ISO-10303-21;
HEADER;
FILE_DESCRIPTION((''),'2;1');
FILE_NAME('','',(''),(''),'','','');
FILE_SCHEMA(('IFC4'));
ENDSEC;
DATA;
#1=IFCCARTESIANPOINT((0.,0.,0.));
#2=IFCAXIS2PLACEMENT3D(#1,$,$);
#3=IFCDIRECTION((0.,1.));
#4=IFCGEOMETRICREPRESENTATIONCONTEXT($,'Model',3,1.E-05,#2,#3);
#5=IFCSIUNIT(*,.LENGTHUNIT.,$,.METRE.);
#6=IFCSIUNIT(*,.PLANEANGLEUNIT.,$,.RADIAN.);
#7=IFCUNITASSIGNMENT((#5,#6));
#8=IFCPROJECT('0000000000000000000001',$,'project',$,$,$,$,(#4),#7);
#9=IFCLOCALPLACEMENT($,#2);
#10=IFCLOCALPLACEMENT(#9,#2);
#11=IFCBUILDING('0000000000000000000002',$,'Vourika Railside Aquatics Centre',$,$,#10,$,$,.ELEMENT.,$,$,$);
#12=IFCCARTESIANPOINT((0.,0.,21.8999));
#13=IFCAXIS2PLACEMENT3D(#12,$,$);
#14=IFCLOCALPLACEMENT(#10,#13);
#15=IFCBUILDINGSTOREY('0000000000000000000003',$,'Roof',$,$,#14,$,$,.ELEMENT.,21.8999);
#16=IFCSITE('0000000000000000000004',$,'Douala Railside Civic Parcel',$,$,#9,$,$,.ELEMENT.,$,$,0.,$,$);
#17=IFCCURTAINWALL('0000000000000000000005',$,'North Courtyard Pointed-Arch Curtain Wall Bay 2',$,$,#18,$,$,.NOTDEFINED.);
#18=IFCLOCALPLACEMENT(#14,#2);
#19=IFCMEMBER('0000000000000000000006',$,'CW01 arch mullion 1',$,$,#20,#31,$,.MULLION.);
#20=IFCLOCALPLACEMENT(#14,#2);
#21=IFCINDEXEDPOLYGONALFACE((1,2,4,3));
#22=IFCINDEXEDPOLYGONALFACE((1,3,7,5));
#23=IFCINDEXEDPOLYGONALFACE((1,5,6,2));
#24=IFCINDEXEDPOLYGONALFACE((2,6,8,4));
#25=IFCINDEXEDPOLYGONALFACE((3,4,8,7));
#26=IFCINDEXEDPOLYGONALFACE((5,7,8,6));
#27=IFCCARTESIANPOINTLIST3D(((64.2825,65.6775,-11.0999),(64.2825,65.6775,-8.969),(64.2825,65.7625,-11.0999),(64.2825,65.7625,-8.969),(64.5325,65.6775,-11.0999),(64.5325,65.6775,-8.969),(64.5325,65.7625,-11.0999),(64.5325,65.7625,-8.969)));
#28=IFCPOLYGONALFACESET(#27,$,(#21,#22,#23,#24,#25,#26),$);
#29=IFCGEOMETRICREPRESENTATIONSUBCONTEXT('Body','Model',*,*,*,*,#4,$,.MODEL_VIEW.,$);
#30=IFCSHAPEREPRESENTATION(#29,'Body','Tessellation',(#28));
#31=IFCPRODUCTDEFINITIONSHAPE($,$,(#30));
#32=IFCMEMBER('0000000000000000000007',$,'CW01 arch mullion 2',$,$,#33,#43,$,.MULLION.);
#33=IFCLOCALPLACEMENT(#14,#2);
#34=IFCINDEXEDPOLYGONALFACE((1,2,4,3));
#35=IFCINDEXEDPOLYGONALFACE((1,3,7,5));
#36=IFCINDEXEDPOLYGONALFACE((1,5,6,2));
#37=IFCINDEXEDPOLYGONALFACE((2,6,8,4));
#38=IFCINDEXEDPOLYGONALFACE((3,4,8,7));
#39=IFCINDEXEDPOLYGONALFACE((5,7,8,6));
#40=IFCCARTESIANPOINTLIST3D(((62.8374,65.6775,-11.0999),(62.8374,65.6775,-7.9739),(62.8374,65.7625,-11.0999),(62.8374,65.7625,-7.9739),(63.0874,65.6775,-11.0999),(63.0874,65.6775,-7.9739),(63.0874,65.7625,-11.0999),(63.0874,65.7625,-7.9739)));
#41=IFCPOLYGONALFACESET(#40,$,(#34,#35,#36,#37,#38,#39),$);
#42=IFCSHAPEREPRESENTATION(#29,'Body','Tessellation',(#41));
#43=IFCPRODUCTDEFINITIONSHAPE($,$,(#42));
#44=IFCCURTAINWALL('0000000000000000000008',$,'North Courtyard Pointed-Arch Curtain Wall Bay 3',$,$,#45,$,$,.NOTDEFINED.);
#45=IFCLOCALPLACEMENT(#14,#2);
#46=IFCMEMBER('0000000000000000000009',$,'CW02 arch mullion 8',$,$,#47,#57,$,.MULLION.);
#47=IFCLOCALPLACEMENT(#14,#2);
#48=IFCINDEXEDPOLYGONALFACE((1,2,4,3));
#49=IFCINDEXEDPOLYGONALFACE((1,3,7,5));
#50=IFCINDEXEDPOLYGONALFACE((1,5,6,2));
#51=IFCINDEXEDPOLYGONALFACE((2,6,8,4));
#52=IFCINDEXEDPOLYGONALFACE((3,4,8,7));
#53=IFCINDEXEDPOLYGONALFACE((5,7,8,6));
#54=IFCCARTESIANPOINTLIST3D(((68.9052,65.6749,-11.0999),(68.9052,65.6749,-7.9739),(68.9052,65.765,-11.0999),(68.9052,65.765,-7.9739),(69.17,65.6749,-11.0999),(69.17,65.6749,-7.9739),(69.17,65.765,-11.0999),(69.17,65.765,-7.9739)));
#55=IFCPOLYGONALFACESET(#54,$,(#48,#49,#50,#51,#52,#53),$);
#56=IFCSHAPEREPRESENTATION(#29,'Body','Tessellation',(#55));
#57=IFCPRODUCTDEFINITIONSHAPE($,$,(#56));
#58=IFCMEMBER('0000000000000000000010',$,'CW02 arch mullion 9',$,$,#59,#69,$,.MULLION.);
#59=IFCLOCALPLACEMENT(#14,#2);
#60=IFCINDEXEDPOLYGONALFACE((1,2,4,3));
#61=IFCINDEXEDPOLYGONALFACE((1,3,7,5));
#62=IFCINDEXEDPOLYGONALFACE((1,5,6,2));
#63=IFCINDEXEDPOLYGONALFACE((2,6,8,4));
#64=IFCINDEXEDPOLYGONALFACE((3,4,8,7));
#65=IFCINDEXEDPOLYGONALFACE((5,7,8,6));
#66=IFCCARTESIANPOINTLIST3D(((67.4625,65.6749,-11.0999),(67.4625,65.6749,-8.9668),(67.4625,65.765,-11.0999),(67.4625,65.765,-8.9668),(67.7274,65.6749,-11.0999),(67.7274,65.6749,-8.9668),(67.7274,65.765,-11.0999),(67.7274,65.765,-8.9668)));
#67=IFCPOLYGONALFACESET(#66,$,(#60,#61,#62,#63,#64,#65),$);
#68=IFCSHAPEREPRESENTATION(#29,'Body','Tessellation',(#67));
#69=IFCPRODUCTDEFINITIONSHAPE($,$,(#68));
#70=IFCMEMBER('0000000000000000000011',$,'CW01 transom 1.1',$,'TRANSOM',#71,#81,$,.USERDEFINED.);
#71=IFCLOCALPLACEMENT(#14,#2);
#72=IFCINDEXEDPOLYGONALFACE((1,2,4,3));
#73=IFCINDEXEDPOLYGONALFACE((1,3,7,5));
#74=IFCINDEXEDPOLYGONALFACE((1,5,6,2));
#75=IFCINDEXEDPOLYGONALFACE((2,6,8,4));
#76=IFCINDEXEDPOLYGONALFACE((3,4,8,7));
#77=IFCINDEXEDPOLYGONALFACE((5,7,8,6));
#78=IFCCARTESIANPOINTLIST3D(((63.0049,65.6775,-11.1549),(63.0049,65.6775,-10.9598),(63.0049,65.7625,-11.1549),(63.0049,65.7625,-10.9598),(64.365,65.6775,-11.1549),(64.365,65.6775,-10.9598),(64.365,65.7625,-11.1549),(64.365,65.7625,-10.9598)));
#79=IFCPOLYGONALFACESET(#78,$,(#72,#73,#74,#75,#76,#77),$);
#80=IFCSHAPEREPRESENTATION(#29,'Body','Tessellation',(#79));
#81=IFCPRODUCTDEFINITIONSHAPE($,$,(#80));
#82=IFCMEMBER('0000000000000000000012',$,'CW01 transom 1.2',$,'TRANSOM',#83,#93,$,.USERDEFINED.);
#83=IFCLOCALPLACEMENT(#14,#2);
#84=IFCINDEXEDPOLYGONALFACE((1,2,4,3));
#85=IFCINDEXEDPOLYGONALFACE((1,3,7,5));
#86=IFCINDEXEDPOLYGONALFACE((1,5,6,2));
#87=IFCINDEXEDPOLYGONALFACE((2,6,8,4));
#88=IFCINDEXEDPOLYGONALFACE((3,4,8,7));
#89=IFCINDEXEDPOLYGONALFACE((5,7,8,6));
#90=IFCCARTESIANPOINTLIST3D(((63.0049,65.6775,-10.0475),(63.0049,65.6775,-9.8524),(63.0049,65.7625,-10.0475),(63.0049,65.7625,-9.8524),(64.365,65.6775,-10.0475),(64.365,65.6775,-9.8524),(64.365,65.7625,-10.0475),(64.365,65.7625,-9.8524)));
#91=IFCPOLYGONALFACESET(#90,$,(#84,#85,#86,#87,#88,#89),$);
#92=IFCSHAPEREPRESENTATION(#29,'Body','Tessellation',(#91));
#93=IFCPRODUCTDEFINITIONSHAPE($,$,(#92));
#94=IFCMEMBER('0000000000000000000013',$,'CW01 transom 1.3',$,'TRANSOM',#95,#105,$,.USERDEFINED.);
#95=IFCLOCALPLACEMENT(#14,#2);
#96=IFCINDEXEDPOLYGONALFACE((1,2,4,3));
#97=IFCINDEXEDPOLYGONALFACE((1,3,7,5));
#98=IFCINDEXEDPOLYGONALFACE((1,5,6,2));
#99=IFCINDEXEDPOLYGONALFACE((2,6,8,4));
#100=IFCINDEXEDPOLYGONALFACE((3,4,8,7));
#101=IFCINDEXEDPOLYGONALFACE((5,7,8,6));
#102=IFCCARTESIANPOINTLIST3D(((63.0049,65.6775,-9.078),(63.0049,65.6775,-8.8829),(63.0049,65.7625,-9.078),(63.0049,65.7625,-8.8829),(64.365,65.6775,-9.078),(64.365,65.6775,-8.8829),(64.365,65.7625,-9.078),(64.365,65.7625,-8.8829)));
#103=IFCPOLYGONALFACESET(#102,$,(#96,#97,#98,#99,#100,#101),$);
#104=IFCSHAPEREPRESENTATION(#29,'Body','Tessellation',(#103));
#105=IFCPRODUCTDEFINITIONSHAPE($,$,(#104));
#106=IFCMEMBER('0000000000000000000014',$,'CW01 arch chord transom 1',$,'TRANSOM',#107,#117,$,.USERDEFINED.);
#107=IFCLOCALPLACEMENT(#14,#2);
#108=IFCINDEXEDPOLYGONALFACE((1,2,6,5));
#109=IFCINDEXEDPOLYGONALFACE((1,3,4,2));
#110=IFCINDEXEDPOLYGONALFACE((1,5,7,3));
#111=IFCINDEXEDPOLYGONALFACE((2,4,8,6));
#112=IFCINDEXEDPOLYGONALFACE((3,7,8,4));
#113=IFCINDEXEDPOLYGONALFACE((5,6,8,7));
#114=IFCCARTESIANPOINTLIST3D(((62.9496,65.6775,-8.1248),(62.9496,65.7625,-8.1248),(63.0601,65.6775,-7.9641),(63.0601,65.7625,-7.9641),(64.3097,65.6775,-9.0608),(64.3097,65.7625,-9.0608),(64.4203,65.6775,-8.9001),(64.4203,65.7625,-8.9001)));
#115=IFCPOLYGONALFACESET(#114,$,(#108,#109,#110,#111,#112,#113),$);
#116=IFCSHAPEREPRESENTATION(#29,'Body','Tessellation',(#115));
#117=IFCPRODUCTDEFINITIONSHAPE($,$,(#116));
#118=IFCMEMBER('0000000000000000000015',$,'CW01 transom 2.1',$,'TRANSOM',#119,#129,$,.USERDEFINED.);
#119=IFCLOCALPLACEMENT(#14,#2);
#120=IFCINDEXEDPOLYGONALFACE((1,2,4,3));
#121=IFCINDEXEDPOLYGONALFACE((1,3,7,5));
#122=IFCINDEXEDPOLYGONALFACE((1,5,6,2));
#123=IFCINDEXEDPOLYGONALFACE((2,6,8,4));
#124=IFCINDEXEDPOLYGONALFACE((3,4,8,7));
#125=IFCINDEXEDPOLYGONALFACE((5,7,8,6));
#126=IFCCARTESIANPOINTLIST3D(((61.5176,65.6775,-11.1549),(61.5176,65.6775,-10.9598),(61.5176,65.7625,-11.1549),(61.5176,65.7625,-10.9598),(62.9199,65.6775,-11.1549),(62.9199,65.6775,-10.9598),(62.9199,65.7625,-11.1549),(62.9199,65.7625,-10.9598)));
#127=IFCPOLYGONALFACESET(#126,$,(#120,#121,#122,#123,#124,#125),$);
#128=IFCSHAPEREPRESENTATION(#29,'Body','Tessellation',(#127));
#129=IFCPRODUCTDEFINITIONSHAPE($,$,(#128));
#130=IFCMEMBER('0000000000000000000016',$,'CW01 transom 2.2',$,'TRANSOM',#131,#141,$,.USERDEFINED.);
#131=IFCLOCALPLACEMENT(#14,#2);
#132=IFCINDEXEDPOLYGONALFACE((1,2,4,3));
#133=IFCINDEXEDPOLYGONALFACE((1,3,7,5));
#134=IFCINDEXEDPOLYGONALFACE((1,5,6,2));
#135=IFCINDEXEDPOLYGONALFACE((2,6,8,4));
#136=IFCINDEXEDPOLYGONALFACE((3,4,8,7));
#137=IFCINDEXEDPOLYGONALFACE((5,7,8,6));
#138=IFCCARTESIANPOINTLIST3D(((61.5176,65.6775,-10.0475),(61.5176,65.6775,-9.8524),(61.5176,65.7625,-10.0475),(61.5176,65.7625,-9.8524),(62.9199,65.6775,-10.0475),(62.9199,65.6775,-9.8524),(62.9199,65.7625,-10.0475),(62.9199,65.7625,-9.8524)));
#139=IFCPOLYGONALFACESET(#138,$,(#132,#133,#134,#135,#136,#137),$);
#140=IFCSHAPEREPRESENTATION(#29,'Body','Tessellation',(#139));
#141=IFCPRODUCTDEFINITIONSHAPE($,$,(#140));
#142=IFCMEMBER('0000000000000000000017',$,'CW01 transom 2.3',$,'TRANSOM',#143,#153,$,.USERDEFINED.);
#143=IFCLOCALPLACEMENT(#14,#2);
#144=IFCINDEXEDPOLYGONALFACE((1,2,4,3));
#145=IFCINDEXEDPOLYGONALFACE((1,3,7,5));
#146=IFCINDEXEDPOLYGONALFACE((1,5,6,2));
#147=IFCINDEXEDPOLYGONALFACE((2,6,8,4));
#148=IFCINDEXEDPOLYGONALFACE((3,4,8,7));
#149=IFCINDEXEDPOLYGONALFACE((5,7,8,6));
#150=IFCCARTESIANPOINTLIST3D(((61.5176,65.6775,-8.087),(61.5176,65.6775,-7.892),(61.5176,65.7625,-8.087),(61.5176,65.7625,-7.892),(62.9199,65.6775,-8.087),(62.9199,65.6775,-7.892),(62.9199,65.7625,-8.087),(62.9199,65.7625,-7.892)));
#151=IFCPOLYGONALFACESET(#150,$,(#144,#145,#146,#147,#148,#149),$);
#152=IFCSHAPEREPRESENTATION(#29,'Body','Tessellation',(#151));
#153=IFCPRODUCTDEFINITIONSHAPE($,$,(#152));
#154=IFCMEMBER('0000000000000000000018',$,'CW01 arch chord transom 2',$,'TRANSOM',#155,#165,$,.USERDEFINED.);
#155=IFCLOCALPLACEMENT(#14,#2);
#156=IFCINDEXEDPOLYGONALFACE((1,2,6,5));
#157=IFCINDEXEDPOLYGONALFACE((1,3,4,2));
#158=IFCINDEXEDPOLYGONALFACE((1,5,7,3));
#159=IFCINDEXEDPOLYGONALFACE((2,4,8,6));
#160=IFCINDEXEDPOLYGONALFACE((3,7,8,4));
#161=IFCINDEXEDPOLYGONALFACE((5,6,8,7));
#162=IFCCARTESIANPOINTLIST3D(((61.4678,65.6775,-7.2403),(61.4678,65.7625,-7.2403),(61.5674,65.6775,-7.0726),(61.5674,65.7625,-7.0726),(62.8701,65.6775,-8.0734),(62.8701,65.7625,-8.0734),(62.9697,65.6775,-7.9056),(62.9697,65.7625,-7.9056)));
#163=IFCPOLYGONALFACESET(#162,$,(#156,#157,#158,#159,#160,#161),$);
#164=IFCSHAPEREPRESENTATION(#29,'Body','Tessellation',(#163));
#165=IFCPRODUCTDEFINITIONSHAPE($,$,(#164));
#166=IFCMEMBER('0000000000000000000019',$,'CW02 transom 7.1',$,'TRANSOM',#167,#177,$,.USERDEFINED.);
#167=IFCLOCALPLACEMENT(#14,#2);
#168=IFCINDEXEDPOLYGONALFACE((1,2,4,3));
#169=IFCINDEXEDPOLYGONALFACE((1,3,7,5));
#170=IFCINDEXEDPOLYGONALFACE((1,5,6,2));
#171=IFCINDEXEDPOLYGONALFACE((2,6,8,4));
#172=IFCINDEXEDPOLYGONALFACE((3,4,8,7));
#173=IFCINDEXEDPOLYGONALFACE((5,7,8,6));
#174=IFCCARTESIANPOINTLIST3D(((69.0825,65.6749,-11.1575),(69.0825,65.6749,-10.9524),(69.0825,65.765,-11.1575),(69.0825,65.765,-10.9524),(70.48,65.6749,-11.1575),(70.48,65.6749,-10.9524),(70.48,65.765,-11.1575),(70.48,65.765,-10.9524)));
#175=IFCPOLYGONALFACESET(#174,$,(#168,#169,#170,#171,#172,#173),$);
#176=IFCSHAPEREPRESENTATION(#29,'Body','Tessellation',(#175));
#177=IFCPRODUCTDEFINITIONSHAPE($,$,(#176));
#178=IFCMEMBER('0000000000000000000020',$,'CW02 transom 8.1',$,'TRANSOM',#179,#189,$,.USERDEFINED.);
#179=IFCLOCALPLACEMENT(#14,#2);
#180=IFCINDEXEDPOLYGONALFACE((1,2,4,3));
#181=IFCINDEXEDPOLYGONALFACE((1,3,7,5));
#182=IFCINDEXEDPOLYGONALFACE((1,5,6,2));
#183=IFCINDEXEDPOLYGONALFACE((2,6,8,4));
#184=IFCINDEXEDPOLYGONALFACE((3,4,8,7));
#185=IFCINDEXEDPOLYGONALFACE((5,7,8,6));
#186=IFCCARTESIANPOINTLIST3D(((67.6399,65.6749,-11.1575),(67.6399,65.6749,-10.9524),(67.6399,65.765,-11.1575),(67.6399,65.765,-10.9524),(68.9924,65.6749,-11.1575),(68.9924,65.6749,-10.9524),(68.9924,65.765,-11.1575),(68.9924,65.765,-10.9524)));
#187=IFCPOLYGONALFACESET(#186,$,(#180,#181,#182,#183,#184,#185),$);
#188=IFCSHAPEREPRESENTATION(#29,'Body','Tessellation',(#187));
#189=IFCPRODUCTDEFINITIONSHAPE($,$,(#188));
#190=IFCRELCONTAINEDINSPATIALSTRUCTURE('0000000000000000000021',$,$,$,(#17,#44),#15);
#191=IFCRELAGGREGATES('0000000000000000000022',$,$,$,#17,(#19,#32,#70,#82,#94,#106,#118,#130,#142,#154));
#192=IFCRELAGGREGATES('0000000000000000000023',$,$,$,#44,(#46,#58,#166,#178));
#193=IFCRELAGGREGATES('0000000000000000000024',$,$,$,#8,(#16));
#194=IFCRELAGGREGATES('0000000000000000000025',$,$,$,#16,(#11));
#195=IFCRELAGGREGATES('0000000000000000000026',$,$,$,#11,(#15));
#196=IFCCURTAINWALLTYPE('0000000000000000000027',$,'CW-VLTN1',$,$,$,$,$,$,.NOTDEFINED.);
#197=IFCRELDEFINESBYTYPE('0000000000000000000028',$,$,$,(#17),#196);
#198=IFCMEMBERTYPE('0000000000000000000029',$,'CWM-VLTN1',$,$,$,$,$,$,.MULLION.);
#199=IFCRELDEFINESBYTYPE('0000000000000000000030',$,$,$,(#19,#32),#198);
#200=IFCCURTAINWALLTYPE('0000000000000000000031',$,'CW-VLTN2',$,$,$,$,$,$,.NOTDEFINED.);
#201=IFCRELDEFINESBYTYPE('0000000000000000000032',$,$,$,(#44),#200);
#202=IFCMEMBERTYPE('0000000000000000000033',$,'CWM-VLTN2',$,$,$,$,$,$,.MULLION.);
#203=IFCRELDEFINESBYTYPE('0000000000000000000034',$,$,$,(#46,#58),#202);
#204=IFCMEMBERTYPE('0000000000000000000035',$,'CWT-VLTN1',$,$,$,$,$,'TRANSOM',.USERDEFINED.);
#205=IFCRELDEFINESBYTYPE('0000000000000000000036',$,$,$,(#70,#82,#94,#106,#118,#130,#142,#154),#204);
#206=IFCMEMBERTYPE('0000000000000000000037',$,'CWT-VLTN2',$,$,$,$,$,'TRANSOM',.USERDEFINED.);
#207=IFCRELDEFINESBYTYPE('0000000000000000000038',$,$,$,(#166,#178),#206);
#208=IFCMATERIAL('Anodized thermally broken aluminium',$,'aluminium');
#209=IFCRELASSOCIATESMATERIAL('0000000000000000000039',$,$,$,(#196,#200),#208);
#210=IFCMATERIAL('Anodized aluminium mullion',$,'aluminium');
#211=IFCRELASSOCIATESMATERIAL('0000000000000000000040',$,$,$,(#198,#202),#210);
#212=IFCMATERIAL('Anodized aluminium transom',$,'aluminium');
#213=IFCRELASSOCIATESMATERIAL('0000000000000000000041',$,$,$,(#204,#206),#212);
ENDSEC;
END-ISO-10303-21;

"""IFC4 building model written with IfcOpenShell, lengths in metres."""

from ifc_helpers import new_model, si_unit, direction, frame, origin, origin_2d, place, context, subcontext, project, spatial, rectangle, extrude, material, material_profile, profile_set, type_object, element, aggregate, save


model = new_model("IFC4")

# Units and contexts
model_context = context("Model", 3, precision=1e-05, world=origin(), true_north=direction((0.0, 1.0)))
body_context = subcontext(model_context, "Body", "Model", "MODEL_VIEW")
ifc_project = project(units=[si_unit("LENGTHUNIT", "METRE"), si_unit("PLANEANGLEUNIT", "RADIAN")], contexts=[model_context])

# Site, building, storey
site_placement = place(None, origin())
site = spatial("IfcSite", under=ifc_project, at=site_placement, Name="Douala Railside Civic Parcel", CompositionType="ELEMENT", RefElevation=0.0)
building_placement = place(site_placement, origin())
building = spatial("IfcBuilding", under=site, at=building_placement, Name="Vourika Railside Aquatics Centre", CompositionType="ELEMENT")
storey_placement = place(building_placement, frame((0.0, 0.0, 21.8999)))
storey = spatial("IfcBuildingStorey", under=building, at=storey_placement, Name="Roof", CompositionType="ELEMENT", Elevation=21.8999)

# Curtain walls, members
ifc_material_1 = material(Name="Anodized thermally broken aluminium", Category="aluminium")
curtain_wall_type_1 = type_object("IfcCurtainWallType", Name="CW-VLTN1", PredefinedType="NOTDEFINED", material=ifc_material_1)
curtain_wall_1_placement = place(storey_placement, origin())
curtain_wall_1 = element("IfcCurtainWall", 1, at=curtain_wall_1_placement, inside=storey, type_object=curtain_wall_type_1, Name="North Courtyard Pointed-Arch Curtain Wall Bay 2", PredefinedType="NOTDEFINED")
ifc_material_2 = material(Name="Anodized aluminium mullion", Category="aluminium")
ifc_material_profile_1 = material_profile(ifc_material_2, rectangle(XDim=0.085, YDim=0.25, at=origin_2d()), Name="ALU-M 85x250")
ifc_profile_set_1 = profile_set([ifc_material_profile_1], Name="Anodized aluminium mullion")
member_type_1 = type_object("IfcMemberType", Name="CWM-VLTN1", PredefinedType="MULLION", material=ifc_profile_set_1)
member_1_placement = place(storey_placement, frame((64.4075, 65.72, -11.0999), z_axis=(0.0, 0.0, 1.0), x_axis=(0.0, -1.0, 0.0)))
member_1 = element("IfcMember", 2, at=member_1_placement, type_object=member_type_1, Name="CW01 arch mullion 1", PredefinedType="MULLION", context=body_context, shape_type="SweptSolid", body=[
    extrude(rectangle(XDim=0.085, YDim=0.25, at=origin_2d()), origin(), (0.0, 0.0, 1.0), 2.1309),
])
member_2_placement = place(storey_placement, frame((62.9624, 65.72, -11.0999), z_axis=(0.0, 0.0, 1.0), x_axis=(0.0, -1.0, 0.0)))
member_2 = element("IfcMember", 3, at=member_2_placement, type_object=member_type_1, Name="CW01 arch mullion 2", PredefinedType="MULLION", context=body_context, shape_type="SweptSolid", body=[
    extrude(rectangle(XDim=0.085, YDim=0.25, at=origin_2d()), origin(), (0.0, 0.0, 1.0), 3.126),
])
curtain_wall_type_2 = type_object("IfcCurtainWallType", Name="CW-VLTN2", PredefinedType="NOTDEFINED", material=ifc_material_1)
curtain_wall_2_placement = place(storey_placement, origin())
curtain_wall_2 = element("IfcCurtainWall", 4, at=curtain_wall_2_placement, inside=storey, type_object=curtain_wall_type_2, Name="North Courtyard Pointed-Arch Curtain Wall Bay 3", PredefinedType="NOTDEFINED")
ifc_material_profile_2 = material_profile(ifc_material_2, rectangle(XDim=0.0901, YDim=0.2649, at=origin_2d()), Name="ALU-M 90x265")
ifc_profile_set_2 = profile_set([ifc_material_profile_2], Name="Anodized aluminium mullion")
member_type_2 = type_object("IfcMemberType", Name="CWM-VLTN2", PredefinedType="MULLION", material=ifc_profile_set_2)
member_3_placement = place(storey_placement, frame((69.0376, 65.72, -11.0999), z_axis=(0.0, 0.0, 1.0), x_axis=(0.0, -1.0, 0.0)))
member_3 = element("IfcMember", 5, at=member_3_placement, type_object=member_type_2, Name="CW02 arch mullion 8", PredefinedType="MULLION", context=body_context, shape_type="SweptSolid", body=[
    extrude(rectangle(XDim=0.0901, YDim=0.2649, at=origin_2d()), origin(), (0.0, 0.0, 1.0), 3.126),
])
member_4_placement = place(storey_placement, frame((67.595, 65.72, -11.0999), z_axis=(0.0, 0.0, 1.0), x_axis=(0.0, -1.0, 0.0)))
member_4 = element("IfcMember", 6, at=member_4_placement, type_object=member_type_2, Name="CW02 arch mullion 9", PredefinedType="MULLION", context=body_context, shape_type="SweptSolid", body=[
    extrude(rectangle(XDim=0.0901, YDim=0.2649, at=origin_2d()), origin(), (0.0, 0.0, 1.0), 2.1331),
])

# Members
ifc_material_3 = material(Name="Anodized aluminium transom", Category="aluminium")
ifc_material_profile_3 = material_profile(ifc_material_3, rectangle(XDim=0.085, YDim=0.1951, at=origin_2d()), Name="ALU-T 85x195")
ifc_profile_set_3 = profile_set([ifc_material_profile_3], Name="Anodized aluminium transom")
member_type_3 = type_object("IfcMemberType", Name="CWT-VLTN1", ElementType="TRANSOM", PredefinedType="USERDEFINED", material=ifc_profile_set_3)
member_5_placement = place(storey_placement, frame((64.365, 65.72, -11.0574), z_axis=(-1.0, 0.0, 0.0), x_axis=(0.0, -1.0, 0.0)))
member_5 = element("IfcMember", 7, at=member_5_placement, type_object=member_type_3, Name="CW01 transom 1.1", ObjectType="TRANSOM", PredefinedType="USERDEFINED", context=body_context, shape_type="SweptSolid", body=[
    extrude(rectangle(XDim=0.085, YDim=0.1951, at=origin_2d()), origin(), (0.0, 0.0, 1.0), 1.3601),
])
member_6_placement = place(storey_placement, frame((64.365, 65.72, -9.95), z_axis=(-1.0, 0.0, 0.0), x_axis=(0.0, -1.0, 0.0)))
member_6 = element("IfcMember", 8, at=member_6_placement, type_object=member_type_3, Name="CW01 transom 1.2", ObjectType="TRANSOM", PredefinedType="USERDEFINED", context=body_context, shape_type="SweptSolid", body=[
    extrude(rectangle(XDim=0.085, YDim=0.1951, at=origin_2d()), origin(), (0.0, 0.0, 1.0), 1.3601),
])
member_7_placement = place(storey_placement, frame((64.365, 65.72, -8.9805), z_axis=(-1.0, 0.0, 0.0), x_axis=(0.0, -1.0, 0.0)))
member_7 = element("IfcMember", 9, at=member_7_placement, type_object=member_type_3, Name="CW01 transom 1.3", ObjectType="TRANSOM", PredefinedType="USERDEFINED", context=body_context, shape_type="SweptSolid", body=[
    extrude(rectangle(XDim=0.085, YDim=0.1951, at=origin_2d()), origin(), (0.0, 0.0, 1.0), 1.3601),
])
member_8_placement = place(storey_placement, frame((64.365, 65.72, -8.9805), z_axis=(-0.82377, 0.0, 0.566924), x_axis=(0.0, -1.0, 0.0)))
member_8 = element("IfcMember", 10, at=member_8_placement, type_object=member_type_3, Name="CW01 arch chord transom 1", ObjectType="TRANSOM", PredefinedType="USERDEFINED", context=body_context, shape_type="SweptSolid", body=[
    extrude(rectangle(XDim=0.085, YDim=0.1951, at=origin_2d()), origin(), (0.0, 0.0, 1.0), 1.6511),
])
member_9_placement = place(storey_placement, frame((62.9199, 65.72, -11.0574), z_axis=(-1.0, 0.0, 0.0), x_axis=(0.0, -1.0, 0.0)))
member_9 = element("IfcMember", 11, at=member_9_placement, type_object=member_type_3, Name="CW01 transom 2.1", ObjectType="TRANSOM", PredefinedType="USERDEFINED", context=body_context, shape_type="SweptSolid", body=[
    extrude(rectangle(XDim=0.085, YDim=0.1951, at=origin_2d()), origin(), (0.0, 0.0, 1.0), 1.4023),
])
member_10_placement = place(storey_placement, frame((62.9199, 65.72, -9.95), z_axis=(-1.0, 0.0, 0.0), x_axis=(0.0, -1.0, 0.0)))
member_10 = element("IfcMember", 12, at=member_10_placement, type_object=member_type_3, Name="CW01 transom 2.2", ObjectType="TRANSOM", PredefinedType="USERDEFINED", context=body_context, shape_type="SweptSolid", body=[
    extrude(rectangle(XDim=0.085, YDim=0.1951, at=origin_2d()), origin(), (0.0, 0.0, 1.0), 1.4023),
])
member_11_placement = place(storey_placement, frame((62.9199, 65.72, -7.9895), z_axis=(-1.0, 0.0, 0.0), x_axis=(0.0, -1.0, 0.0)))
member_11 = element("IfcMember", 13, at=member_11_placement, type_object=member_type_3, Name="CW01 transom 2.3", ObjectType="TRANSOM", PredefinedType="USERDEFINED", context=body_context, shape_type="SweptSolid", body=[
    extrude(rectangle(XDim=0.085, YDim=0.1951, at=origin_2d()), origin(), (0.0, 0.0, 1.0), 1.4023),
])
member_12_placement = place(storey_placement, frame((62.9199, 65.72, -7.9895), z_axis=(-0.859756, 0.0, 0.510705), x_axis=(0.0, -1.0, 0.0)))
member_12 = element("IfcMember", 14, at=member_12_placement, type_object=member_type_3, Name="CW01 arch chord transom 2", ObjectType="TRANSOM", PredefinedType="USERDEFINED", context=body_context, shape_type="SweptSolid", body=[
    extrude(rectangle(XDim=0.085, YDim=0.1951, at=origin_2d()), origin(), (0.0, 0.0, 1.0), 1.6311),
])
ifc_material_profile_4 = material_profile(ifc_material_3, rectangle(XDim=0.0901, YDim=0.2051, at=origin_2d()), Name="ALU-T 90x205")
ifc_profile_set_4 = profile_set([ifc_material_profile_4], Name="Anodized aluminium transom")
member_type_4 = type_object("IfcMemberType", Name="CWT-VLTN2", ElementType="TRANSOM", PredefinedType="USERDEFINED", material=ifc_profile_set_4)
member_13_placement = place(storey_placement, frame((70.48, 65.72, -11.0549), z_axis=(-1.0, 0.0, 0.0), x_axis=(0.0, -1.0, 0.0)))
member_13 = element("IfcMember", 15, at=member_13_placement, type_object=member_type_4, Name="CW02 transom 7.1", ObjectType="TRANSOM", PredefinedType="USERDEFINED", context=body_context, shape_type="SweptSolid", body=[
    extrude(rectangle(XDim=0.0901, YDim=0.2051, at=origin_2d()), origin(), (0.0, 0.0, 1.0), 1.3975),
])
member_14_placement = place(storey_placement, frame((68.9924, 65.72, -11.0549), z_axis=(-1.0, 0.0, 0.0), x_axis=(0.0, -1.0, 0.0)))
member_14 = element("IfcMember", 16, at=member_14_placement, type_object=member_type_4, Name="CW02 transom 8.1", ObjectType="TRANSOM", PredefinedType="USERDEFINED", context=body_context, shape_type="SweptSolid", body=[
    extrude(rectangle(XDim=0.0901, YDim=0.2051, at=origin_2d()), origin(), (0.0, 0.0, 1.0), 1.3525),
])

aggregate(curtain_wall_1, [member_1, member_2, member_5, member_6, member_7, member_8, member_9, member_10, member_11, member_12])
aggregate(curtain_wall_2, [member_3, member_4, member_13, member_14])

save(model, "model.ifc")
